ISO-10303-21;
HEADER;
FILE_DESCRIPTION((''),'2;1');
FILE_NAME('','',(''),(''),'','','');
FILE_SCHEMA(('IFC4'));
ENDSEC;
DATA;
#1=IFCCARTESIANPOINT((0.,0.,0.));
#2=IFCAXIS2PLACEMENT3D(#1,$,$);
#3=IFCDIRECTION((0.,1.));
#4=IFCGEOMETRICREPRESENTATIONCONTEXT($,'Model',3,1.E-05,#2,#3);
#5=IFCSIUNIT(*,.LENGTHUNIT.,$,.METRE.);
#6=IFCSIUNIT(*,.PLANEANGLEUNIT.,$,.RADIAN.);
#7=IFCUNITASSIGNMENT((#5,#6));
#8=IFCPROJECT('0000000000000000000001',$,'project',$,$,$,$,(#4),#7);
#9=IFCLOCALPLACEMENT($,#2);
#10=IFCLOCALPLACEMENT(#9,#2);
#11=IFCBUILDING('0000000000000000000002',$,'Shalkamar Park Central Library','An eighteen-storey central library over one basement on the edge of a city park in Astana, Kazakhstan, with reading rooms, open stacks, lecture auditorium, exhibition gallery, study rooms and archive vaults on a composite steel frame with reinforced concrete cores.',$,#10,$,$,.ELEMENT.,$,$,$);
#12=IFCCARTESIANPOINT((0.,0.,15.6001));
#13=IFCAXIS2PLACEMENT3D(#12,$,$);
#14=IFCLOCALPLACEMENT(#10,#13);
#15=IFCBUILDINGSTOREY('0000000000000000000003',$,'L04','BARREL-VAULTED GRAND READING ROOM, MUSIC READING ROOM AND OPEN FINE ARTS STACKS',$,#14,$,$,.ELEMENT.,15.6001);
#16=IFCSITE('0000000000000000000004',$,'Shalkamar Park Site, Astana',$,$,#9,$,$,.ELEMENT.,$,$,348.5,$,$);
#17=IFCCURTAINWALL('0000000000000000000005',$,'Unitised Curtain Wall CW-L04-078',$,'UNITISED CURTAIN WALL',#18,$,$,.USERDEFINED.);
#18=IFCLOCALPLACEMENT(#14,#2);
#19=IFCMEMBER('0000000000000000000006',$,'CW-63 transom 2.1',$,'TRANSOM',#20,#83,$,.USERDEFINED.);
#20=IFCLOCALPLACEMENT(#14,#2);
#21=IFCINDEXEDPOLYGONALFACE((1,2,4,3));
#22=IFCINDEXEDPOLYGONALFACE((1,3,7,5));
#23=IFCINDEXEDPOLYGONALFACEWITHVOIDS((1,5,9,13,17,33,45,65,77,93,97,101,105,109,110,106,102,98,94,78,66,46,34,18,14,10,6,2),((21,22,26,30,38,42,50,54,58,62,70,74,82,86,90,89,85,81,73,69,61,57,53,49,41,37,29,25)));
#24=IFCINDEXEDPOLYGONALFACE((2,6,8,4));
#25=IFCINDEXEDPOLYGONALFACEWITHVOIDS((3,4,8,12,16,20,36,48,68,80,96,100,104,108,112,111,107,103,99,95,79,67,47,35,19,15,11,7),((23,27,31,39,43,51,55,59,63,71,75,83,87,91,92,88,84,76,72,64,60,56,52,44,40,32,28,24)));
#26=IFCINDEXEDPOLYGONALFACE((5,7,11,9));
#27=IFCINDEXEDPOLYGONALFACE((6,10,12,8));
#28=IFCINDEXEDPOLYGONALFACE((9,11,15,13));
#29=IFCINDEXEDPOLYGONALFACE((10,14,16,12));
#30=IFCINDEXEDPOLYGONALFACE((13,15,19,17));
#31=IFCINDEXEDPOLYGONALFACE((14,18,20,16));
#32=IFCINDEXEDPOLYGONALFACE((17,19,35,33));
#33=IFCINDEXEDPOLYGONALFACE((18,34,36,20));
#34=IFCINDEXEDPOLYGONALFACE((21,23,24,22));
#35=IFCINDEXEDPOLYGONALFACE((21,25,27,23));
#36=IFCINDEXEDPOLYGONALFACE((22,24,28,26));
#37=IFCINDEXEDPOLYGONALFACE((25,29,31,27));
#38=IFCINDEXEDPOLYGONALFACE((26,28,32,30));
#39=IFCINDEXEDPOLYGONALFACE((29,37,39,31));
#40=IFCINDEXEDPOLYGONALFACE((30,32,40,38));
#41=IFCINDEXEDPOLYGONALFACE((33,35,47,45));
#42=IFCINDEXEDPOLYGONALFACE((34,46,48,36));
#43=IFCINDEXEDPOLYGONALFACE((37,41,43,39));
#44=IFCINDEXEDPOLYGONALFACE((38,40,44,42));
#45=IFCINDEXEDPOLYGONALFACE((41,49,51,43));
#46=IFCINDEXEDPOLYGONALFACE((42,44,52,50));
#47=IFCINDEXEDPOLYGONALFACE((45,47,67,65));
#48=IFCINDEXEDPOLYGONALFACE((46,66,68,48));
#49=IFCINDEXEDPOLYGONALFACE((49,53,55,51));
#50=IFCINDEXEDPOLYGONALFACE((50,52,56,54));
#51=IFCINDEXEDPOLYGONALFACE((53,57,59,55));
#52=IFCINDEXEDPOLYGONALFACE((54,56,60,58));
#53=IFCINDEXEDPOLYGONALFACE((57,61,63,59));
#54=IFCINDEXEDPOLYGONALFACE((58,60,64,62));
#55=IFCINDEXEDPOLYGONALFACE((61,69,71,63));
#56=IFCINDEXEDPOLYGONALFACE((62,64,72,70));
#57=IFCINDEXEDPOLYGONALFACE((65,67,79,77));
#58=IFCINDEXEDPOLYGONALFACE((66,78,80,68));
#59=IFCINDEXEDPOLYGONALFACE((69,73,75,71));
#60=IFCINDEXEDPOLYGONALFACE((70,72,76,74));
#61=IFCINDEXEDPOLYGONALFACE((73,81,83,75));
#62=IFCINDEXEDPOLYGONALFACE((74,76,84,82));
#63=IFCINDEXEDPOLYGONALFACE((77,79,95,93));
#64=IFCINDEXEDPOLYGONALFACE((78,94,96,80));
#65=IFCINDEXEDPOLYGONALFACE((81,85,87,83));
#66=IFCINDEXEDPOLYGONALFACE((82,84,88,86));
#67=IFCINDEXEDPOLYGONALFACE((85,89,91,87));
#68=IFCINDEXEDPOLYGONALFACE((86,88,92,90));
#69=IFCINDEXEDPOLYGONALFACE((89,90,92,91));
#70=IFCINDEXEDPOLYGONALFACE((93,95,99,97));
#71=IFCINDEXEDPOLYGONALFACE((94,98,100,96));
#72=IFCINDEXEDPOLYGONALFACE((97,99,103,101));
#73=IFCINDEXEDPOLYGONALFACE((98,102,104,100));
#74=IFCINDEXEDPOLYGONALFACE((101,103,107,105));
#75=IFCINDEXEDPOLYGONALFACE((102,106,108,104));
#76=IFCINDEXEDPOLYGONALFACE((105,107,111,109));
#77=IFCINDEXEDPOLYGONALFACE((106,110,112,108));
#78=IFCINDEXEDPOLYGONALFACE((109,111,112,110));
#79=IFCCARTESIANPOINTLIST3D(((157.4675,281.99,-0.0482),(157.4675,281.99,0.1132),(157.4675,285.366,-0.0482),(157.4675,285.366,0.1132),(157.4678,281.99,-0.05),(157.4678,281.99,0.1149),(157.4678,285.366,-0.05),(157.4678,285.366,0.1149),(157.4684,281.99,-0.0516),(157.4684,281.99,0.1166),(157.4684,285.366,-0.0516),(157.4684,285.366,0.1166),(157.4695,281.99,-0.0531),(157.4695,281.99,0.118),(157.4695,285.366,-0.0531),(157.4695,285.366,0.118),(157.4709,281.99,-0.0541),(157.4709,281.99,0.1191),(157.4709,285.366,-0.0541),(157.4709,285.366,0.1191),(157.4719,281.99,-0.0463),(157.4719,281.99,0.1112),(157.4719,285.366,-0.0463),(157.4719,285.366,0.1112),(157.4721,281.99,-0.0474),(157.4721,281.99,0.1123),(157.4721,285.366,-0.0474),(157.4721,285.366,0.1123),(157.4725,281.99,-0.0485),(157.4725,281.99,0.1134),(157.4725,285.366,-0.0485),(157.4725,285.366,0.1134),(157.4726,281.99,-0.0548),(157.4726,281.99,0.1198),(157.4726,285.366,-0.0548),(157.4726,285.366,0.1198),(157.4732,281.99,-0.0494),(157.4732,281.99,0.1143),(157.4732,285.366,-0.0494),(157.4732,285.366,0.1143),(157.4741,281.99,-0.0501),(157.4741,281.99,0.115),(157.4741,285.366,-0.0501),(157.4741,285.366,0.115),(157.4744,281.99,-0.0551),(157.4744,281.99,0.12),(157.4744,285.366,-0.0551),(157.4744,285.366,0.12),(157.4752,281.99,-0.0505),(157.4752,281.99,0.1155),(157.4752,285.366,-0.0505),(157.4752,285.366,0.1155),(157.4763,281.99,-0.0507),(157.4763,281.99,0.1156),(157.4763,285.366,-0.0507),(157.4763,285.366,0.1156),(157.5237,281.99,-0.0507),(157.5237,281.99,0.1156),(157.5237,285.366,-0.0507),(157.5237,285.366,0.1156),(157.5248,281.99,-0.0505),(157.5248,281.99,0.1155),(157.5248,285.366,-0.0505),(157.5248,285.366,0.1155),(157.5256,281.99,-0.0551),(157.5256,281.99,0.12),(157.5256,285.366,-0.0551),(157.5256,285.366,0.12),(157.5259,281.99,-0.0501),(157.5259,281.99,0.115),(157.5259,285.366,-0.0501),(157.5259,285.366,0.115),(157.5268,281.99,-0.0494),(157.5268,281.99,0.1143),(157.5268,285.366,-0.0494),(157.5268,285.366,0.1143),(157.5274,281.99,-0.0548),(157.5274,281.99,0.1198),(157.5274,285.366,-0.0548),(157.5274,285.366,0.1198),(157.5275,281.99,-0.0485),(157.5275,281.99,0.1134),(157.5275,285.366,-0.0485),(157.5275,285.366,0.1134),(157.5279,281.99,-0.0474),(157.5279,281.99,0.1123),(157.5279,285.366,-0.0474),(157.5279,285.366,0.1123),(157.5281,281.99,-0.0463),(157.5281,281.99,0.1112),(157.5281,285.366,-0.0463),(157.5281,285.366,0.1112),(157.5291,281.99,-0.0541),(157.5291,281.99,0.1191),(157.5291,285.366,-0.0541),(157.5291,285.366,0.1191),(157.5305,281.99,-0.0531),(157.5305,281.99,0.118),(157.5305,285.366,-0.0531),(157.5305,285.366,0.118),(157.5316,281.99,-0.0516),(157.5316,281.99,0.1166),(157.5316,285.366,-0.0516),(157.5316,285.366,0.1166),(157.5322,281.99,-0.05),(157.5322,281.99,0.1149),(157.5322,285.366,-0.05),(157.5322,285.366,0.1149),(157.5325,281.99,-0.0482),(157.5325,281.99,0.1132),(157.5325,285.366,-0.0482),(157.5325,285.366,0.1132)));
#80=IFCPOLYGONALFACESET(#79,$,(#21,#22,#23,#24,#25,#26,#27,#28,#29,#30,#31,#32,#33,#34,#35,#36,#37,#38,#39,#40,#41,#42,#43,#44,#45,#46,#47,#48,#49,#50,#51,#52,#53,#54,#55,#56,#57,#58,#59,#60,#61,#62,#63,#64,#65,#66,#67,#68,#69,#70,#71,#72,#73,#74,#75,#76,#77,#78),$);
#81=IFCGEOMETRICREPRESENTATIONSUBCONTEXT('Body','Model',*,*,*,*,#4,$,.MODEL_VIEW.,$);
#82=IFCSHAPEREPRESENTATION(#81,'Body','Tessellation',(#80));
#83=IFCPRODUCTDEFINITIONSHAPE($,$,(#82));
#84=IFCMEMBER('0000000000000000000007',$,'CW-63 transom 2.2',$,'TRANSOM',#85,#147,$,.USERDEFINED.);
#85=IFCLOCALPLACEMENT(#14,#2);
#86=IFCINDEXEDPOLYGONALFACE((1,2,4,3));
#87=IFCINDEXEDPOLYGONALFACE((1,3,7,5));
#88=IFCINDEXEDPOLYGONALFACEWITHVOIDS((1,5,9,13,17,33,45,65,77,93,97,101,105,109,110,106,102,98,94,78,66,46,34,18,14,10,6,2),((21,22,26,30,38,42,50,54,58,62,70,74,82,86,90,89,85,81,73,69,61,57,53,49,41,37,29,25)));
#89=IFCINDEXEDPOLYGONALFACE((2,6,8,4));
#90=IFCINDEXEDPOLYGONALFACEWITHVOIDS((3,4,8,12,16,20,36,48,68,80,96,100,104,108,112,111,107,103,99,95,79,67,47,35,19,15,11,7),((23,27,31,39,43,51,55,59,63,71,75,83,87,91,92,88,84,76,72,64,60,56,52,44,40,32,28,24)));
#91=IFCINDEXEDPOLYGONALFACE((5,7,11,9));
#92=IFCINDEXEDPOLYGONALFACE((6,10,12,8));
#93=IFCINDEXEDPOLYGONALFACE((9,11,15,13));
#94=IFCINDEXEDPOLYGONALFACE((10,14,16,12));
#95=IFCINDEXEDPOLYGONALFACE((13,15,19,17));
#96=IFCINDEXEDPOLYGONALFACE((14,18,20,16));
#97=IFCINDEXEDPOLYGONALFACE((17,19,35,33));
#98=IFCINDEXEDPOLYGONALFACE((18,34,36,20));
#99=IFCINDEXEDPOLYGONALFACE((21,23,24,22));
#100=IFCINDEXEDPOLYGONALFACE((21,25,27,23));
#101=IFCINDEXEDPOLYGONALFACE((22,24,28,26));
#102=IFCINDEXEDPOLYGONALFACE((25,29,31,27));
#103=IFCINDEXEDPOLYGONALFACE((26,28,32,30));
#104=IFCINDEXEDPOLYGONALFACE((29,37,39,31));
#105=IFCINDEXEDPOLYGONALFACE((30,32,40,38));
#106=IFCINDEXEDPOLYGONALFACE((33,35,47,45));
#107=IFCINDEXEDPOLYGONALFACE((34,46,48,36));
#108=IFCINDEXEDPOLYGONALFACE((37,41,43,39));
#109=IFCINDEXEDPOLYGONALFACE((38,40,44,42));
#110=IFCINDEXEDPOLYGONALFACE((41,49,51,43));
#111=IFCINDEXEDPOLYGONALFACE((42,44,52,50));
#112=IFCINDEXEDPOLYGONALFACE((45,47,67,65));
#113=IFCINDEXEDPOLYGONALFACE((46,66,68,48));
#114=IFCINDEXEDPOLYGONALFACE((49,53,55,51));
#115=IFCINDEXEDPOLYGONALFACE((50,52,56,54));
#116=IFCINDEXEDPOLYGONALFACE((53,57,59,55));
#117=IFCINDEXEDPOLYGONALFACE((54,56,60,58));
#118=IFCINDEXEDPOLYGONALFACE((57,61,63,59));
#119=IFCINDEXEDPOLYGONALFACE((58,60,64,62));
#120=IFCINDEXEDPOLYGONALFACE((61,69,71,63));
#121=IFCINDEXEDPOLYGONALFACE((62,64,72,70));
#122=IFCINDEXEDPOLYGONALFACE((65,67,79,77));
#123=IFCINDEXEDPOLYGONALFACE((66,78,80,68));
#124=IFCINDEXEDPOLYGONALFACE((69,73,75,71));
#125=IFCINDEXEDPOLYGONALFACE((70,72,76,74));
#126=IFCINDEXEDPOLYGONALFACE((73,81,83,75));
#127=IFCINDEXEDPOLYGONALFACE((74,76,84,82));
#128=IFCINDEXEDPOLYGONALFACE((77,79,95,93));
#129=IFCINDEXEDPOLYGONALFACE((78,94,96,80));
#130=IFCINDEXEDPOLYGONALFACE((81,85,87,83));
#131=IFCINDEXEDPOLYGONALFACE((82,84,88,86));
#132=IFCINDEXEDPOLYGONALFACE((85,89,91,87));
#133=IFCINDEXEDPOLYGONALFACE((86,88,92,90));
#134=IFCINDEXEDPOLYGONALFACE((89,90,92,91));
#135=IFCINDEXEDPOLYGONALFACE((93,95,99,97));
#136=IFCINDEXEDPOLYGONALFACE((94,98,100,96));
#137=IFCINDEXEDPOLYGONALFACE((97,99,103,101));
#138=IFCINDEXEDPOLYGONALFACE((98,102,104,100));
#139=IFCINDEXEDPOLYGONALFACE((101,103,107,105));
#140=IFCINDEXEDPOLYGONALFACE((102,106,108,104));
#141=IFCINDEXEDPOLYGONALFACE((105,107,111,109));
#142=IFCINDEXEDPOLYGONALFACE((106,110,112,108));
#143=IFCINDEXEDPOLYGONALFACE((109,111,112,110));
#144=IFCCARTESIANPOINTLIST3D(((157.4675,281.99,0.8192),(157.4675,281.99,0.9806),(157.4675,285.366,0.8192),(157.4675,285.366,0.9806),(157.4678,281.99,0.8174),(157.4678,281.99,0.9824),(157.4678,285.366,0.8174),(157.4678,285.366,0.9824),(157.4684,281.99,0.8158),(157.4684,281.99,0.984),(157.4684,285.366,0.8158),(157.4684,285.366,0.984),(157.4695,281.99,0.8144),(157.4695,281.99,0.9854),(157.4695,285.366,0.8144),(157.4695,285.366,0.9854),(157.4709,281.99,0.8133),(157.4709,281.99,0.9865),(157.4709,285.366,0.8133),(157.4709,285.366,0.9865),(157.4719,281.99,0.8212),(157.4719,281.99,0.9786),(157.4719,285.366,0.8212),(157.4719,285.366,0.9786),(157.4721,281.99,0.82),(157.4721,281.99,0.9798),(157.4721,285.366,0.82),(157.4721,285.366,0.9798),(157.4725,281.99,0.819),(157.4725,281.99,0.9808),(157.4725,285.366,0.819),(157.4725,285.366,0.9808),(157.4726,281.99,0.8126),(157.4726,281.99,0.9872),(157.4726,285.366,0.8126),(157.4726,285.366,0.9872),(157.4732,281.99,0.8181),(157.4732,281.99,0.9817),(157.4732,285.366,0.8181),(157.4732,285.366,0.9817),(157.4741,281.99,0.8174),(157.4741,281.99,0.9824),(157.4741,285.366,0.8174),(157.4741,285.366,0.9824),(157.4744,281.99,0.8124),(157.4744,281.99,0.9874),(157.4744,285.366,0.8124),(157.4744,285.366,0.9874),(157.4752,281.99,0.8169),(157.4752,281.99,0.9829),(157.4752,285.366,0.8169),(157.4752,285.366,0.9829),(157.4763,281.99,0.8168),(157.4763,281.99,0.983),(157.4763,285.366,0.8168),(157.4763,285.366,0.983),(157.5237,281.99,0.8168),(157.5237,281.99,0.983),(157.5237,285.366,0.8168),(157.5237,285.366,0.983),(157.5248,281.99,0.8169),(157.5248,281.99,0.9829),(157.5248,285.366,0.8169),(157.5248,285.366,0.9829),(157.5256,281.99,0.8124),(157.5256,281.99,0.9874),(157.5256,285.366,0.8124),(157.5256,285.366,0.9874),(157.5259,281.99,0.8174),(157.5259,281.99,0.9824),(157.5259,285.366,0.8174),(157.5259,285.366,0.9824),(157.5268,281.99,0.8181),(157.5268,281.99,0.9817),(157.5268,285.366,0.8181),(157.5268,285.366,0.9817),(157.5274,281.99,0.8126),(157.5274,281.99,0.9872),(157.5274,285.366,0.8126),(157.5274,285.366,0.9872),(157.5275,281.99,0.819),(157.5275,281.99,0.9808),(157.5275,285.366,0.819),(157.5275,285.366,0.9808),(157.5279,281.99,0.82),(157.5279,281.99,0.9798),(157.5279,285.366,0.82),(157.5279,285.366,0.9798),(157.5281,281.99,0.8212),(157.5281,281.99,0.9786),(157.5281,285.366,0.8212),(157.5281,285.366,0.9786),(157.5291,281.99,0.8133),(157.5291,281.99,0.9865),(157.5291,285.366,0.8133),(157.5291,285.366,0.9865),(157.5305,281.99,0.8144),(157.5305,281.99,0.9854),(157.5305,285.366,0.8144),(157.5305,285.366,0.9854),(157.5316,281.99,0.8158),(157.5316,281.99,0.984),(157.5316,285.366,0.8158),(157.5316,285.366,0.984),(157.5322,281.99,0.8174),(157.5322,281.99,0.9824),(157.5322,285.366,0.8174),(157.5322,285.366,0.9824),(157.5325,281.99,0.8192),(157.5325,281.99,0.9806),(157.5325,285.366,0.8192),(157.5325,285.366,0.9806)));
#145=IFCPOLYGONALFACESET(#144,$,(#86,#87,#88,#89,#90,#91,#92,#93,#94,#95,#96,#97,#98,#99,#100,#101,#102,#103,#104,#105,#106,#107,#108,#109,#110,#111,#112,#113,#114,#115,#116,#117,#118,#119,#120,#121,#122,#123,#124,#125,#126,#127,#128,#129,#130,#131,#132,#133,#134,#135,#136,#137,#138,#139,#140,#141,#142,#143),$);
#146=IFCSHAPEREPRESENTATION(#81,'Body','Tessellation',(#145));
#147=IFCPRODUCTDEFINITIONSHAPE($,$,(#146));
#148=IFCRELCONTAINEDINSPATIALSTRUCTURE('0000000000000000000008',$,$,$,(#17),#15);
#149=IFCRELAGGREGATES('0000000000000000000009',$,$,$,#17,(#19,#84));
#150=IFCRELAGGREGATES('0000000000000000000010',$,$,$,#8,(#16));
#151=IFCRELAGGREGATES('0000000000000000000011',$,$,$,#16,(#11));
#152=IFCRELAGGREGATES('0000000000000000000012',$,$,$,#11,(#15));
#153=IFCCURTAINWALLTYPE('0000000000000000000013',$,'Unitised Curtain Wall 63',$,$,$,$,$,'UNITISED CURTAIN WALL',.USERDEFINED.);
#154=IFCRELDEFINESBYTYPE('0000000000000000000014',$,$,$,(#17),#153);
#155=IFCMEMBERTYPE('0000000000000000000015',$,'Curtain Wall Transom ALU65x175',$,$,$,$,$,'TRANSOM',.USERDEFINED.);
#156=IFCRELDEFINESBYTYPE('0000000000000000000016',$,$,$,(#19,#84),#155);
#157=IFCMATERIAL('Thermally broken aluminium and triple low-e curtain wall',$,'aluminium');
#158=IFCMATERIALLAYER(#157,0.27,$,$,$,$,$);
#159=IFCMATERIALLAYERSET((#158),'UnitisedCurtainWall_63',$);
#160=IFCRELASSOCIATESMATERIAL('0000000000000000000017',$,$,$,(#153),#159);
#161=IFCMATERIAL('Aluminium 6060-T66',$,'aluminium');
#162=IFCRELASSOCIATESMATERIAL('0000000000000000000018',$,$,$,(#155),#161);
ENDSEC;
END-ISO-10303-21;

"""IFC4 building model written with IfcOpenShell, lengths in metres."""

from ifc_helpers import new_model, si_unit, direction, frame, origin, origin_2d, place, context, subcontext, project, spatial, hollow_rectangle, extrude, material, layer, layer_set, material_profile, profile_set, type_object, element, aggregate, save


model = new_model("IFC4")

# Units and contexts
model_context = context("Model", 3, precision=1e-05, world=origin(), true_north=direction((0.0, 1.0)))
body_context = subcontext(model_context, "Body", "Model", "MODEL_VIEW")
ifc_project = project(units=[si_unit("LENGTHUNIT", "METRE"), si_unit("PLANEANGLEUNIT", "RADIAN")], contexts=[model_context])

# Site, building, storey
site_placement = place(None, origin())
site = spatial("IfcSite", under=ifc_project, at=site_placement, Name="Shalkamar Park Site, Astana", CompositionType="ELEMENT", RefElevation=348.5)
building_placement = place(site_placement, origin())
building = spatial("IfcBuilding", under=site, at=building_placement, Name="Shalkamar Park Central Library", Description="An eighteen-storey central library over one basement on the edge of a city park in Astana, Kazakhstan, with reading rooms, open stacks, lecture auditorium, exhibition gallery, study rooms and archive vaults on a composite steel frame with reinforced concrete cores.", CompositionType="ELEMENT")
storey_placement = place(building_placement, frame((0.0, 0.0, 15.6001)))
storey = spatial("IfcBuildingStorey", under=building, at=storey_placement, Name="L04", Description="BARREL-VAULTED GRAND READING ROOM, MUSIC READING ROOM AND OPEN FINE ARTS STACKS", CompositionType="ELEMENT", Elevation=15.6001)

# Curtain wall, members
ifc_material_1 = material(Name="Thermally broken aluminium and triple low-e curtain wall", Category="aluminium")
ifc_layer_1 = layer(ifc_material_1, 0.27)
ifc_layer_set_1 = layer_set([ifc_layer_1], Name="UnitisedCurtainWall_63")
curtain_wall_type = type_object("IfcCurtainWallType", Name="Unitised Curtain Wall 63", ElementType="UNITISED CURTAIN WALL", PredefinedType="USERDEFINED", material=ifc_layer_set_1)
curtain_wall_placement = place(storey_placement, origin())
curtain_wall = element("IfcCurtainWall", 1, at=curtain_wall_placement, inside=storey, type_object=curtain_wall_type, Name="Unitised Curtain Wall CW-L04-078", ObjectType="UNITISED CURTAIN WALL", PredefinedType="USERDEFINED")
ifc_material_2 = material(Name="Aluminium 6060-T66", Category="aluminium")
ifc_material_profile_1 = material_profile(ifc_material_2, hollow_rectangle(XDim=0.0649, YDim=0.175, WallThickness=0.0044, InnerFilletRadius=0.0044, OuterFilletRadius=0.0068, at=origin_2d()), Name="ALU 65x175x4.5")
ifc_profile_set_1 = profile_set([ifc_material_profile_1], Name="Aluminium 6060-T66")
member_type_1 = type_object("IfcMemberType", Name="Curtain Wall Transom ALU65x175", ElementType="TRANSOM", PredefinedType="USERDEFINED", material=ifc_profile_set_1)
member_1_placement = place(storey_placement, frame((157.5, 281.99, 0.0325), z_axis=(0.0, 1.0, 0.0), x_axis=(-1.0, 0.0, 0.0)))
member_1 = element("IfcMember", 2, at=member_1_placement, type_object=member_type_1, Name="CW-63 transom 2.1", ObjectType="TRANSOM", PredefinedType="USERDEFINED", context=body_context, shape_type="SweptSolid", body=[
    extrude(hollow_rectangle(XDim=0.0649, YDim=0.175, WallThickness=0.0044, InnerFilletRadius=0.0044, OuterFilletRadius=0.0068, at=origin_2d()), origin(), (0.0, 0.0, 1.0), 3.376),
])
member_2_placement = place(storey_placement, frame((157.5, 281.99, 0.8999), z_axis=(0.0, 1.0, 0.0), x_axis=(-1.0, 0.0, 0.0)))
member_2 = element("IfcMember", 3, at=member_2_placement, type_object=member_type_1, Name="CW-63 transom 2.2", ObjectType="TRANSOM", PredefinedType="USERDEFINED", context=body_context, shape_type="SweptSolid", body=[
    extrude(hollow_rectangle(XDim=0.0649, YDim=0.175, WallThickness=0.0044, InnerFilletRadius=0.0044, OuterFilletRadius=0.0068, at=origin_2d()), origin(), (0.0, 0.0, 1.0), 3.376),
])

aggregate(curtain_wall, [member_1, member_2])

save(model, "model.ifc")
